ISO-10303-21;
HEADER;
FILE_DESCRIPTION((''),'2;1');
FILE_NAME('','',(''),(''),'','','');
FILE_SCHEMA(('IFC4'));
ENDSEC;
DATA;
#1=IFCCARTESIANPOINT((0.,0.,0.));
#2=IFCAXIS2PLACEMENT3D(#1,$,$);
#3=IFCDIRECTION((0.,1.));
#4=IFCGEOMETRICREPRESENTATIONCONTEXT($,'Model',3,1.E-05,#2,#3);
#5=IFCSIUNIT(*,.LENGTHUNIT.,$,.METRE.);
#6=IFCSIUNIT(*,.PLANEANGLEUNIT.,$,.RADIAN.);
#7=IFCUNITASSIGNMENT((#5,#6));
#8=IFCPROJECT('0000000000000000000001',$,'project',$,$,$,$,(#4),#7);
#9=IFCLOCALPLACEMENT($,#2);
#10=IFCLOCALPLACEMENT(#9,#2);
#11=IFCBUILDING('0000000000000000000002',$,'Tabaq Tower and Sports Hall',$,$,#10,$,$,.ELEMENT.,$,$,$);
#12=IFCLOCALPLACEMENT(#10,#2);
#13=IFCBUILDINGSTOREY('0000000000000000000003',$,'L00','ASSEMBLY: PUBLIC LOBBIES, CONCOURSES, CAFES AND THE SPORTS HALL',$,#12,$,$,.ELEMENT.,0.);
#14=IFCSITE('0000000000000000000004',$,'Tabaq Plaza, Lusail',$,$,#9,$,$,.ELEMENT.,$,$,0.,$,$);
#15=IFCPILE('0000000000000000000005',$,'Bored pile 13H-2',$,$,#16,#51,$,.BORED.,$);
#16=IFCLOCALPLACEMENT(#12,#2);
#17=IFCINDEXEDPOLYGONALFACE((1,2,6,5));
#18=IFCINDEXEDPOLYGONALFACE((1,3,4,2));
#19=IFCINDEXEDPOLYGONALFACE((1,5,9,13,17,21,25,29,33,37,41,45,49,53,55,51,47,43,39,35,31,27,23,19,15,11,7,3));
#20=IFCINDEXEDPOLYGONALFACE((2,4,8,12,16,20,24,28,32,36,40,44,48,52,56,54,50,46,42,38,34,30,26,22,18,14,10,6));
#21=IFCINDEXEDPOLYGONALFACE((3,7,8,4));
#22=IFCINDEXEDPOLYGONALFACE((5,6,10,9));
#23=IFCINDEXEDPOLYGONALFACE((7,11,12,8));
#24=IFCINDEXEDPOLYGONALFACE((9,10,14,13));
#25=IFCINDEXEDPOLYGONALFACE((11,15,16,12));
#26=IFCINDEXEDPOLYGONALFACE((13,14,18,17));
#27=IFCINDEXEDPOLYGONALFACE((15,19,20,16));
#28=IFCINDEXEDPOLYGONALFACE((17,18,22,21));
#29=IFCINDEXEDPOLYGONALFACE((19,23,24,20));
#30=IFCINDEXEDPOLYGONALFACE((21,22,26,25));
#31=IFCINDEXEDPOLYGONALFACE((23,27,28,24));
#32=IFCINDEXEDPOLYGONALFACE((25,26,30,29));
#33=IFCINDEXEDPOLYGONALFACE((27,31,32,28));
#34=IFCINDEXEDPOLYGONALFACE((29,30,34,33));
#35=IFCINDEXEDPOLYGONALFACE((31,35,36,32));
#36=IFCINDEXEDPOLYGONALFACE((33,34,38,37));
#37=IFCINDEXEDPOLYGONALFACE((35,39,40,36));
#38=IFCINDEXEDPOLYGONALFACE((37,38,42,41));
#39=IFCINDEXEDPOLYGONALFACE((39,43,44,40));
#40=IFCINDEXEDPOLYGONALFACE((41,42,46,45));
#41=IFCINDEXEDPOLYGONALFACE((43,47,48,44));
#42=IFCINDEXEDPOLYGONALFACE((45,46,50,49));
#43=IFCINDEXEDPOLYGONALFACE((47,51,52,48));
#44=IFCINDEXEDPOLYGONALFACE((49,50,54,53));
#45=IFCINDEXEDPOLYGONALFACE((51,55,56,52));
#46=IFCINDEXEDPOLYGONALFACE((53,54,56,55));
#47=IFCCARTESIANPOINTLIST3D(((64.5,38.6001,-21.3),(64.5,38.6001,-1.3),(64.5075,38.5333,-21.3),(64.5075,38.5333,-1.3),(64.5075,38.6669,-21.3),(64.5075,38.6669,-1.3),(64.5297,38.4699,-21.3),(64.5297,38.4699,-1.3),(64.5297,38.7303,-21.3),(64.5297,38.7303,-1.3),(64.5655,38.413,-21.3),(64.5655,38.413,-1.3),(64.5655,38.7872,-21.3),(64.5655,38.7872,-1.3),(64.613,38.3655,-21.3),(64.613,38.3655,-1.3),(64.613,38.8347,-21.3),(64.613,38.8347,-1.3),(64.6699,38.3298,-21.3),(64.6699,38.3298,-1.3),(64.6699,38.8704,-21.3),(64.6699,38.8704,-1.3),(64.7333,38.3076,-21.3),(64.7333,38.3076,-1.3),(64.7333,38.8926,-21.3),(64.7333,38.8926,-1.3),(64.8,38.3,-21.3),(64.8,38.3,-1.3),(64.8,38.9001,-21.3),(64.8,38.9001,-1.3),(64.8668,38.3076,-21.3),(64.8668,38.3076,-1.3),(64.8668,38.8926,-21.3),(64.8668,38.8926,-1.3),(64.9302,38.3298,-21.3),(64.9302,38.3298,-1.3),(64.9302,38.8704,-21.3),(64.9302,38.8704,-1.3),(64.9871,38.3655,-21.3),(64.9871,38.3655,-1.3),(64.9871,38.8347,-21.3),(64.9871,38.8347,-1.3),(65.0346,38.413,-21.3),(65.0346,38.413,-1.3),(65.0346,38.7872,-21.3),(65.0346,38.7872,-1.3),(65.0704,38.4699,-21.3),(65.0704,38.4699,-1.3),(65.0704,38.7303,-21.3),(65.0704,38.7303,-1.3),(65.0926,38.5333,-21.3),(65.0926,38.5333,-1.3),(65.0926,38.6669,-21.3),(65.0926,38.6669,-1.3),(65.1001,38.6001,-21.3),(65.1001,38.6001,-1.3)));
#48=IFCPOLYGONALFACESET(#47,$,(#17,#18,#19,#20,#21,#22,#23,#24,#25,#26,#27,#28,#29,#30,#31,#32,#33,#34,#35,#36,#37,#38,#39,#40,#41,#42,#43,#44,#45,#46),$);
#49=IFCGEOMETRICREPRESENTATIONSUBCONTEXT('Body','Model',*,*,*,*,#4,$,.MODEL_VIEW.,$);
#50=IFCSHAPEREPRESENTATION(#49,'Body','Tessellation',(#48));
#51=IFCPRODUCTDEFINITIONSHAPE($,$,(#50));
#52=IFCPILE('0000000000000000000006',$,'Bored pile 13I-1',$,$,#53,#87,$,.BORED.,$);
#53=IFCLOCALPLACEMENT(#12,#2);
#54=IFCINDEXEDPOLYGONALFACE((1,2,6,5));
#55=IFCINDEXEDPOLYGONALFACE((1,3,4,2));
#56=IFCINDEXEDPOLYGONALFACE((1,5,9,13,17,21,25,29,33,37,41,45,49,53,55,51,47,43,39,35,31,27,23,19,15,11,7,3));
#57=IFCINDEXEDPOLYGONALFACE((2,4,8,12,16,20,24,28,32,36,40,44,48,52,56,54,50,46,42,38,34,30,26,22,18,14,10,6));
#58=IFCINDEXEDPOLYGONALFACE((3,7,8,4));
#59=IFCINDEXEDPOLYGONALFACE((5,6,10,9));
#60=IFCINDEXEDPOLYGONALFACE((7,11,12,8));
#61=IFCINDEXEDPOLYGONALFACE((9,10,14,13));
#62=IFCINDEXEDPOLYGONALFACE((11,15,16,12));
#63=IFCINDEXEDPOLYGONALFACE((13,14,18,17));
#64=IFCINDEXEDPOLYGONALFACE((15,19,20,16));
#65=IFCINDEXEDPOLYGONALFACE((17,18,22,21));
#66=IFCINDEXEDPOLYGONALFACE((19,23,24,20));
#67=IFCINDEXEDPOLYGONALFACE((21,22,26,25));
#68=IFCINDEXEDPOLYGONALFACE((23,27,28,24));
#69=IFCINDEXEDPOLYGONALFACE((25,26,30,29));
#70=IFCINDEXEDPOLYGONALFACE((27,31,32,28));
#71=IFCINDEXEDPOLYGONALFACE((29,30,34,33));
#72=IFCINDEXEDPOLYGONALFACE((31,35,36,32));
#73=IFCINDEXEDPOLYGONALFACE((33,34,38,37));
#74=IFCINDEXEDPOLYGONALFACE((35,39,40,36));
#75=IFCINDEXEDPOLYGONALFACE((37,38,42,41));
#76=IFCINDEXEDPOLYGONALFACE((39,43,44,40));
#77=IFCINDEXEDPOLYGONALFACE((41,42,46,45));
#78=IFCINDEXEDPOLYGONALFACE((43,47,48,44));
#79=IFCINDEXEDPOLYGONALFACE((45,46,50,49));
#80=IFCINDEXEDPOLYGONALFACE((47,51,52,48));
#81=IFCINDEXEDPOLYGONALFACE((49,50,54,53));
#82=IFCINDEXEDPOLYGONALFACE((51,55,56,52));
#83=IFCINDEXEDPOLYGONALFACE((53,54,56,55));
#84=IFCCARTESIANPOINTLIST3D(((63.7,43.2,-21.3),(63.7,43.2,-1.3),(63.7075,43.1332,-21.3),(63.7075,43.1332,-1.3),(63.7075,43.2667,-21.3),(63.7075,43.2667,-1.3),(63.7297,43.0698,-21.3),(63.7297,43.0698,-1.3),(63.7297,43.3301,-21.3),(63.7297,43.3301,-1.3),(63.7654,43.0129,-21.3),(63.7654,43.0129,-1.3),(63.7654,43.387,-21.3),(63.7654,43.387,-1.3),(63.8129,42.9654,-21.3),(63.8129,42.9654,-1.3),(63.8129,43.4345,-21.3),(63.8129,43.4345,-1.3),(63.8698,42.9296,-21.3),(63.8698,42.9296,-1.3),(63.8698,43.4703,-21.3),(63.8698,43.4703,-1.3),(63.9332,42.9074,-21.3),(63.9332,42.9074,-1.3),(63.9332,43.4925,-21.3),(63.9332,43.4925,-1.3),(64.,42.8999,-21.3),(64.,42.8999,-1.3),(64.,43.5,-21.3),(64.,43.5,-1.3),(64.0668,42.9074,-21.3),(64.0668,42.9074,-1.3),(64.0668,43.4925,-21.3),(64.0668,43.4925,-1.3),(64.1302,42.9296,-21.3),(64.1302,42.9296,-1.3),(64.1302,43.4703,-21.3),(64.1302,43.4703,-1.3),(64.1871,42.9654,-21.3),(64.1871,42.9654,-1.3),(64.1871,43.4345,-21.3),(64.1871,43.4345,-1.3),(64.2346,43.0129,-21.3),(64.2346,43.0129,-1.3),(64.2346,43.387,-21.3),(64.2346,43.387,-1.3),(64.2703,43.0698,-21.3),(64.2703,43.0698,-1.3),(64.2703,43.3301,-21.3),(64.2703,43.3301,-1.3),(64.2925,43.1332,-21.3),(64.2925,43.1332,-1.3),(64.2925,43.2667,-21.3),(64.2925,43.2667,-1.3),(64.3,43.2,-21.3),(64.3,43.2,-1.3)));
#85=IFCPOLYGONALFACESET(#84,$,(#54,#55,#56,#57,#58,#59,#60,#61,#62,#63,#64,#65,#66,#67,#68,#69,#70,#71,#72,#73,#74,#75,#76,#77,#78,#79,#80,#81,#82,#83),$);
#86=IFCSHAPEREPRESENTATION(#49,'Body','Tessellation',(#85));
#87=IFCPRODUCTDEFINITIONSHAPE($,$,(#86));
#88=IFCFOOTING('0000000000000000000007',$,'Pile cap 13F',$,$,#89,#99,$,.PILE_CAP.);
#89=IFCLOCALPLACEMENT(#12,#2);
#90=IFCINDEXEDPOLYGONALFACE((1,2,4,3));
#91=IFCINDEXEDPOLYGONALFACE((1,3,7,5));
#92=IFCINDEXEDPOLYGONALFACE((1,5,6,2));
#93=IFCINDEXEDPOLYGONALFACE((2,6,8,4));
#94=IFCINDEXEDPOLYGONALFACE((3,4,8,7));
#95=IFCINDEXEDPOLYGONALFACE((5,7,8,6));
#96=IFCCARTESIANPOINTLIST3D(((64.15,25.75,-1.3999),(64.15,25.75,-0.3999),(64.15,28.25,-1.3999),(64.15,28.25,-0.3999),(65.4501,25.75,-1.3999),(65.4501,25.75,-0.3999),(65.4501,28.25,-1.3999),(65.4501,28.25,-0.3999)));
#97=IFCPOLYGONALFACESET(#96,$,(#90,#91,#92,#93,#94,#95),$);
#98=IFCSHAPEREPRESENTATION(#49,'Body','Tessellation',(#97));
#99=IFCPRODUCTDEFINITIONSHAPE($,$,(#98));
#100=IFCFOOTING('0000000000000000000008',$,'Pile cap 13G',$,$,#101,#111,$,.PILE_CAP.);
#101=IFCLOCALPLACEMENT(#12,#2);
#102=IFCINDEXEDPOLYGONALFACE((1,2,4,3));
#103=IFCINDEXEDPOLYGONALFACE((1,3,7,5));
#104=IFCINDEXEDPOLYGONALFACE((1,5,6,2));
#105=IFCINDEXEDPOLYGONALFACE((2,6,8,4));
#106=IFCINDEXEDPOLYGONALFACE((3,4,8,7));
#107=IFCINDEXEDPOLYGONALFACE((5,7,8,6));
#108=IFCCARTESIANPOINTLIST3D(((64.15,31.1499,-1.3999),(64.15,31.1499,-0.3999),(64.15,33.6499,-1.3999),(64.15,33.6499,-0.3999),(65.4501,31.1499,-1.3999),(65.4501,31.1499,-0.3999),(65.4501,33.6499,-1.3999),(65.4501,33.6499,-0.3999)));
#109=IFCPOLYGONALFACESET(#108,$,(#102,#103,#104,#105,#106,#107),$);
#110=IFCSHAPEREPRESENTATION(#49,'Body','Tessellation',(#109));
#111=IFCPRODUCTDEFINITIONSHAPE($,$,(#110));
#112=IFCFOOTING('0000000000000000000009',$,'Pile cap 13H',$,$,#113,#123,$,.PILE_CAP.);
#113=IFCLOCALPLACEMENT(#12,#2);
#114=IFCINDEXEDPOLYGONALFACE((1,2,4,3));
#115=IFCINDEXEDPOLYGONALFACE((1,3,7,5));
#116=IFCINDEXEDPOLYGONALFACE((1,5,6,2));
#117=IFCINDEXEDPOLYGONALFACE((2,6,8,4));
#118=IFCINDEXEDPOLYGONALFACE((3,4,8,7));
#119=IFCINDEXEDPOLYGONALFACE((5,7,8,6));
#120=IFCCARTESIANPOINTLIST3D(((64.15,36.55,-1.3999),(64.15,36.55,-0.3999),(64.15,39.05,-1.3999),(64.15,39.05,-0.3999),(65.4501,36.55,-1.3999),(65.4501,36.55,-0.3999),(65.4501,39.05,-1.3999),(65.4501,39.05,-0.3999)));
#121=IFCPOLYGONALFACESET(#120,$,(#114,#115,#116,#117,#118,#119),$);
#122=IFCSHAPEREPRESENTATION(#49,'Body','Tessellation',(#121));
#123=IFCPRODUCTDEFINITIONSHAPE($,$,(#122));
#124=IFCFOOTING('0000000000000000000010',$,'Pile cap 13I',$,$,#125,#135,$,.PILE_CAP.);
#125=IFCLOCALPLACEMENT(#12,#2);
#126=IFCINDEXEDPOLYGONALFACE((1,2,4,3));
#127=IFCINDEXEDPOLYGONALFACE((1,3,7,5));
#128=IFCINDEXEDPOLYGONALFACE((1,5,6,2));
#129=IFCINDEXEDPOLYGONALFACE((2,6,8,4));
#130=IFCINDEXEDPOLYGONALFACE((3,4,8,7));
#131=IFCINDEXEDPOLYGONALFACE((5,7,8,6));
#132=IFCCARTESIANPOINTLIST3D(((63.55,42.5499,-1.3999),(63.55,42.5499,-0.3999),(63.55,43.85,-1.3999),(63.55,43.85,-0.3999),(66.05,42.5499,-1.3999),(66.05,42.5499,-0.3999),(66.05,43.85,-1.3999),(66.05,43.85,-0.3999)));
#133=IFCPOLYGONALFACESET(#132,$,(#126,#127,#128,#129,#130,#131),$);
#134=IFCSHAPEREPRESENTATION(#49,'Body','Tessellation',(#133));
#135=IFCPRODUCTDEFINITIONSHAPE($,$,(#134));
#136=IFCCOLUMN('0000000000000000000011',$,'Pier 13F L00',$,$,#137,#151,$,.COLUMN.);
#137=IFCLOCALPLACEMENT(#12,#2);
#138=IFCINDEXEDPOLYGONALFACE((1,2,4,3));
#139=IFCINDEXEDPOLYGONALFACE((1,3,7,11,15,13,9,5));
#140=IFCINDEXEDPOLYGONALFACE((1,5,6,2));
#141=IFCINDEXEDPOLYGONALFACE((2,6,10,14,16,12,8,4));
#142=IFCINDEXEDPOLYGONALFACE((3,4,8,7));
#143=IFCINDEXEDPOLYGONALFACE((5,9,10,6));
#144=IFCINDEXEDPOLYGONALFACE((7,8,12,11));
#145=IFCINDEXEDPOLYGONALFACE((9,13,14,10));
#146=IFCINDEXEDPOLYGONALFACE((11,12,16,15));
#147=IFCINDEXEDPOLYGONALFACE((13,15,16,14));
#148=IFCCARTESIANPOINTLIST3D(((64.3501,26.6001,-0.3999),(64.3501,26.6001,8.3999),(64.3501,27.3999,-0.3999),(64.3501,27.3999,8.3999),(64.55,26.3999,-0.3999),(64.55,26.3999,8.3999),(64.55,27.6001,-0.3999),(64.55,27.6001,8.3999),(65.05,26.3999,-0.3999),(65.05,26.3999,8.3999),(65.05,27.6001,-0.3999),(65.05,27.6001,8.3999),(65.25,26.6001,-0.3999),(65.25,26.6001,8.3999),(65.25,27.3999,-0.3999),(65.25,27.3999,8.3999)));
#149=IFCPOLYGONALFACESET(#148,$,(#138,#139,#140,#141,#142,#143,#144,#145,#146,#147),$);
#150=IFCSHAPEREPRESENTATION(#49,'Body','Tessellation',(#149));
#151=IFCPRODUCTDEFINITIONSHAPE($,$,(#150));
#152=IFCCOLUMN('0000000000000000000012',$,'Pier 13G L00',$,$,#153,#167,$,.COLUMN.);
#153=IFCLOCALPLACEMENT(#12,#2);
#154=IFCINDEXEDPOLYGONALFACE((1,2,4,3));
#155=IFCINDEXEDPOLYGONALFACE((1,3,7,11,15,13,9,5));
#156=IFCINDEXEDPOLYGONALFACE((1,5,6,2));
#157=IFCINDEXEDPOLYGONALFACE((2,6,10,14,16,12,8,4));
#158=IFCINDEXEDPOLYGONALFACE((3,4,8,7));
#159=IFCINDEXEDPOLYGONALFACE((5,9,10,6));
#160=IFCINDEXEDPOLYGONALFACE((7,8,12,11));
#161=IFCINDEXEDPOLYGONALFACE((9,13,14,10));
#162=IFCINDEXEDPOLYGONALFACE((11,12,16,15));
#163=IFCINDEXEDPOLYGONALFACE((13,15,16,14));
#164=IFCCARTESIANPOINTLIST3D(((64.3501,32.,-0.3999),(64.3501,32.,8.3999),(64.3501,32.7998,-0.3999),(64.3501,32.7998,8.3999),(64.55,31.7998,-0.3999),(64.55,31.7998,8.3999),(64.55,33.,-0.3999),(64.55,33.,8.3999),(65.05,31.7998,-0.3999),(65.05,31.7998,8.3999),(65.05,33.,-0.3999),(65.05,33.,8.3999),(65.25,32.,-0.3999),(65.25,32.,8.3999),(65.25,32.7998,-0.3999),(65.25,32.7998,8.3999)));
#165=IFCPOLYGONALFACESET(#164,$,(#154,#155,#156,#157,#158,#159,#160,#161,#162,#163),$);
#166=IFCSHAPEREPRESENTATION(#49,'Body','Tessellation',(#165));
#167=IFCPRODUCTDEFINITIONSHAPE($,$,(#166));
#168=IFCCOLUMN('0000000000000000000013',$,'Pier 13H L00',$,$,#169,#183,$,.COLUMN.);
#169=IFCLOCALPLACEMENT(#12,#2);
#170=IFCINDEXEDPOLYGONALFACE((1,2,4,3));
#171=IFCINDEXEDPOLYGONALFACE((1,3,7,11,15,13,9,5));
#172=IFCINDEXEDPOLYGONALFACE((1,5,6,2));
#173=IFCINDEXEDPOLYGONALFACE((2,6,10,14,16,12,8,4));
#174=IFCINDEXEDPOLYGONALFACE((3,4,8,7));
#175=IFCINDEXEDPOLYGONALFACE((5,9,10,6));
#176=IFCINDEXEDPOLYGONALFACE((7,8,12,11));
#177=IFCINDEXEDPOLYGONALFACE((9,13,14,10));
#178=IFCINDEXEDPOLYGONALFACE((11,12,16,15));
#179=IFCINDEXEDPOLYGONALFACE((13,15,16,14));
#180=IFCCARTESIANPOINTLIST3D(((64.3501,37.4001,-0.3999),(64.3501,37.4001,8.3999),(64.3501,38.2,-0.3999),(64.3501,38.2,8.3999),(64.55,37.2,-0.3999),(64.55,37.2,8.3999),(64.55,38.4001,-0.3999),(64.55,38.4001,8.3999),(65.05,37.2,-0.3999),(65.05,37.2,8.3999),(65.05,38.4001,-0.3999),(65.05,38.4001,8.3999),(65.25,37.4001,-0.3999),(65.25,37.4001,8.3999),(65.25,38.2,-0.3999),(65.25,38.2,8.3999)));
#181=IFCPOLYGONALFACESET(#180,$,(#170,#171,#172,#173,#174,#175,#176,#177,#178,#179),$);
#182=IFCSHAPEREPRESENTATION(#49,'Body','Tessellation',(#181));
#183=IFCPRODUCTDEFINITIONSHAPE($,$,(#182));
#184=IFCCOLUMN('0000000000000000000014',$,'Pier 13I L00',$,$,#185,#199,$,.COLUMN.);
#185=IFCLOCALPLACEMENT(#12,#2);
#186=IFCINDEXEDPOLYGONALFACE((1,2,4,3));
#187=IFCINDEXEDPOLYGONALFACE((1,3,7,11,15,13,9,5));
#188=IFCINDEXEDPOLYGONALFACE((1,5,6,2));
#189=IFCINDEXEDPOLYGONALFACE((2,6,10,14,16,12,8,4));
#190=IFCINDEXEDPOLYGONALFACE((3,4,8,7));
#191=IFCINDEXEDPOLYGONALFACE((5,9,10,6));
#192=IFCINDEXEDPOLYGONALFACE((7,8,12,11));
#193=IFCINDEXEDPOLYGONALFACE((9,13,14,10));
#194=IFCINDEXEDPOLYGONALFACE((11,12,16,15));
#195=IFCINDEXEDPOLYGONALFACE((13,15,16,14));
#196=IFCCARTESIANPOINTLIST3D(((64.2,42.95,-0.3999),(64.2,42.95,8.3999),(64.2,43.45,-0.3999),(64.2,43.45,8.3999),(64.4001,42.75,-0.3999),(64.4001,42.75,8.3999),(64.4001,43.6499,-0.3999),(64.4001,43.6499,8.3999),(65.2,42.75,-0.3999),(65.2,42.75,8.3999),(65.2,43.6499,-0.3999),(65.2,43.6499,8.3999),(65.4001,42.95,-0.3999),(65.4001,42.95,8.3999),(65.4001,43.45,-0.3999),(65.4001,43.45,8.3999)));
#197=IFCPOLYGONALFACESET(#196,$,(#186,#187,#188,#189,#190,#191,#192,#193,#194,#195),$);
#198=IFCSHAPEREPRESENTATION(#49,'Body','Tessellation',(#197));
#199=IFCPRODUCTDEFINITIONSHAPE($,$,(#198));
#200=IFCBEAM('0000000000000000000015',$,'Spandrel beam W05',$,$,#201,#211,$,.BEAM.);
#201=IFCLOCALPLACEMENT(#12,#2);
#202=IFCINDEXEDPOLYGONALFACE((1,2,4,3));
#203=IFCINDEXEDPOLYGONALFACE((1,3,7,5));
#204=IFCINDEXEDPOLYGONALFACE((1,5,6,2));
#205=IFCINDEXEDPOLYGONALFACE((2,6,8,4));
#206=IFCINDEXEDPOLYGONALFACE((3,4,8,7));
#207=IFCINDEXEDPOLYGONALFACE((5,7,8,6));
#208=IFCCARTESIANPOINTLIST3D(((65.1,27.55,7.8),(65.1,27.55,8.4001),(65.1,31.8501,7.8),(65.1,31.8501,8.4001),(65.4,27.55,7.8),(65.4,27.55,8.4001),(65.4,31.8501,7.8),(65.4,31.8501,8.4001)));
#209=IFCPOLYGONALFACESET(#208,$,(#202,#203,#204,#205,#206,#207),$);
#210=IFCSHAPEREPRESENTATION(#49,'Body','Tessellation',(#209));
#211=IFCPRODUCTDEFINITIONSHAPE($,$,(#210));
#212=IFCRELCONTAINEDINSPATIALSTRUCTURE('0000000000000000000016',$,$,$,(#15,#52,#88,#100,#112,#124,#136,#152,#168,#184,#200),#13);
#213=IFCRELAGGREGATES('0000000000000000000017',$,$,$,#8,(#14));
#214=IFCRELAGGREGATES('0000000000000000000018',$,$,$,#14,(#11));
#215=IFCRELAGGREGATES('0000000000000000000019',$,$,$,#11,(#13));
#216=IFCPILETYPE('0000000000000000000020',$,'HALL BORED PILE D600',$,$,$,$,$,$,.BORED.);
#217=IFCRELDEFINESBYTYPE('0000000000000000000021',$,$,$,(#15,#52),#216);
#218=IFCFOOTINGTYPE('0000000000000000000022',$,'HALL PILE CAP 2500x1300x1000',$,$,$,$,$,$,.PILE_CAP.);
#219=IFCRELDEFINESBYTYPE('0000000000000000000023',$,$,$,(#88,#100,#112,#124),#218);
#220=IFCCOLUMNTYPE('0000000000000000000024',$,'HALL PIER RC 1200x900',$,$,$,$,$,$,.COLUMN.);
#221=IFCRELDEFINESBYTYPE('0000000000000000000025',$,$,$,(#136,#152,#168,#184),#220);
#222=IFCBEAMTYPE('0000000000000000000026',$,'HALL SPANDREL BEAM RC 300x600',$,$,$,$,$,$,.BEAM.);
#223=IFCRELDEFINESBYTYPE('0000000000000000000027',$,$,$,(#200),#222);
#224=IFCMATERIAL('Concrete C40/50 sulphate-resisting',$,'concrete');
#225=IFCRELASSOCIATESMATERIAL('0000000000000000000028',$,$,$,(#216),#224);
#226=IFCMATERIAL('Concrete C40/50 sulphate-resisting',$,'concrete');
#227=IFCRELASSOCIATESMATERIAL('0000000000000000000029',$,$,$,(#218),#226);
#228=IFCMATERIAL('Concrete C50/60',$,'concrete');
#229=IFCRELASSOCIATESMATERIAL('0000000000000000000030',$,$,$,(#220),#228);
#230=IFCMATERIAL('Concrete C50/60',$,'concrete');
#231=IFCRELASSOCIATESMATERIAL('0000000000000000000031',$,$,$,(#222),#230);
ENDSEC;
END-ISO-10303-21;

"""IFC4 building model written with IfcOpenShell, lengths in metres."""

from ifc_helpers import new_model, si_unit, direction, frame, origin, origin_2d, place, context, subcontext, project, spatial, polyline, rectangle, circle, outline, extrude, material, material_profile, profile_set, type_object, element, save


model = new_model("IFC4")

# Units and contexts
model_context = context("Model", 3, precision=1e-05, world=origin(), true_north=direction((0.0, 1.0)))
body_context = subcontext(model_context, "Body", "Model", "MODEL_VIEW")
ifc_project = project(units=[si_unit("LENGTHUNIT", "METRE"), si_unit("PLANEANGLEUNIT", "RADIAN")], contexts=[model_context])

# Site, building, storey
site_placement = place(None, origin())
site = spatial("IfcSite", under=ifc_project, at=site_placement, Name="Tabaq Plaza, Lusail", CompositionType="ELEMENT", RefElevation=0.0)
building_placement = place(site_placement, origin())
building = spatial("IfcBuilding", under=site, at=building_placement, Name="Tabaq Tower and Sports Hall", CompositionType="ELEMENT")
storey_placement = place(building_placement, origin())
storey = spatial("IfcBuildingStorey", under=building, at=storey_placement, Name="L00", Description="ASSEMBLY: PUBLIC LOBBIES, CONCOURSES, CAFES AND THE SPORTS HALL", CompositionType="ELEMENT", Elevation=0.0)

# Piles
ifc_material_1 = material(Name="Concrete C40/50 sulphate-resisting", Category="concrete")
ifc_material_profile_1 = material_profile(ifc_material_1, circle(Radius=0.3, at=origin_2d()), Name="D600")
ifc_profile_set_1 = profile_set([ifc_material_profile_1], Name="Concrete C40/50 sulphate-resisting")
pile_type = type_object("IfcPileType", Name="HALL BORED PILE D600", PredefinedType="BORED", material=ifc_profile_set_1)
for number, where, z_axis, x_axis, name in (
    (1, (64.8, 38.6001, -1.3), (0.0, 0.0, -1.0), (1.0, 0.0, 0.0), "Bored pile 13H-2"),
    (2, (64.0, 43.2, -1.3), (0.0, 0.0, -1.0), (1.0, 0.0, 0.0), "Bored pile 13I-1"),
):
    element("IfcPile", number, at=place(storey_placement, frame(where, z_axis=z_axis, x_axis=x_axis)), inside=storey, type_object=pile_type, Name=name, PredefinedType="BORED", context=body_context, shape_type="SweptSolid", body=[
        extrude(circle(Radius=0.3, at=origin_2d()), origin(), (0.0, 0.0, 1.0), 20.0),
    ])

# Footings
ifc_material_2 = material(Name="Concrete C40/50 sulphate-resisting", Category="concrete")
footing_type = type_object("IfcFootingType", Name="HALL PILE CAP 2500x1300x1000", PredefinedType="PILE_CAP", material=ifc_material_2)
for number, where, z_axis, x_axis, name in (
    (3, (64.8, 27.0, -1.3999), (0.0, 0.0, 1.0), (0.0, 1.0, 0.0), "Pile cap 13F"),
    (4, (64.8, 32.3999, -1.3999), (0.0, 0.0, 1.0), (0.0, 1.0, 0.0), "Pile cap 13G"),
    (5, (64.8, 37.8, -1.3999), (0.0, 0.0, 1.0), (0.0, 1.0, 0.0), "Pile cap 13H"),
    (6, (64.8, 43.2, -1.3999), (0.0, 0.0, 1.0), (1.0, 0.0, 0.0), "Pile cap 13I"),
):
    element("IfcFooting", number, at=place(storey_placement, frame(where, z_axis=z_axis, x_axis=x_axis)), inside=storey, type_object=footing_type, Name=name, PredefinedType="PILE_CAP", context=body_context, shape_type="SweptSolid", body=[
        extrude(rectangle(XDim=2.5, YDim=1.3, at=origin_2d()), origin(), (0.0, 0.0, 1.0), 1.0),
    ])

# Columns
ifc_material_3 = material(Name="Concrete C50/60", Category="concrete")
ifc_material_profile_2 = material_profile(ifc_material_3, outline(polyline([(-0.3999, -0.45), (0.3999, -0.45), (0.6001, -0.25), (0.6001, 0.25), (0.3999, 0.45), (-0.3999, 0.45), (-0.6001, 0.25), (-0.6001, -0.25), (-0.3999, -0.45)])), Name="PIER 1200x900")
ifc_profile_set_2 = profile_set([ifc_material_profile_2], Name="Concrete C50/60")
column_type = type_object("IfcColumnType", Name="HALL PIER RC 1200x900", PredefinedType="COLUMN", material=ifc_profile_set_2)
for number, where, z_axis, x_axis, name in (
    (7, (64.8, 27.0, -0.3999), (0.0, 0.0, 1.0), (0.0, 1.0, 0.0), "Pier 13F L00"),
    (8, (64.8, 32.3999, -0.3999), (0.0, 0.0, 1.0), (0.0, 1.0, 0.0), "Pier 13G L00"),
    (9, (64.8, 37.8, -0.3999), (0.0, 0.0, 1.0), (0.0, 1.0, 0.0), "Pier 13H L00"),
    (10, (64.8, 43.2, -0.3999), (0.0, 0.0, 1.0), (1.0, 0.0, 0.0), "Pier 13I L00"),
):
    element("IfcColumn", number, at=place(storey_placement, frame(where, z_axis=z_axis, x_axis=x_axis)), inside=storey, type_object=column_type, Name=name, PredefinedType="COLUMN", context=body_context, shape_type="SweptSolid", body=[
        extrude(outline(polyline([(-0.3999, -0.45), (0.3999, -0.45), (0.6001, -0.25), (0.6001, 0.25), (0.3999, 0.45), (-0.3999, 0.45), (-0.6001, 0.25), (-0.6001, -0.25), (-0.3999, -0.45)])), origin(), (0.0, 0.0, 1.0), 8.7998),
    ])

# Beam
ifc_material_4 = material(Name="Concrete C50/60", Category="concrete")
ifc_material_profile_3 = material_profile(ifc_material_4, rectangle(XDim=0.3, YDim=0.6001, at=origin_2d()), Name="RC 300x600")
ifc_profile_set_3 = profile_set([ifc_material_profile_3], Name="Concrete C50/60")
beam_type = type_object("IfcBeamType", Name="HALL SPANDREL BEAM RC 300x600", PredefinedType="BEAM", material=ifc_profile_set_3)
for number, where, z_axis, x_axis, name in (
    (11, (65.25, 27.55, 8.1001), (0.0, 1.0, 0.0), (-1.0, 0.0, 0.0), "Spandrel beam W05"),
):
    element("IfcBeam", number, at=place(storey_placement, frame(where, z_axis=z_axis, x_axis=x_axis)), inside=storey, type_object=beam_type, Name=name, PredefinedType="BEAM", context=body_context, shape_type="SweptSolid", body=[
        extrude(rectangle(XDim=0.3, YDim=0.6001, at=origin_2d()), origin(), (0.0, 0.0, 1.0), 4.3),
    ])

save(model, "model.ifc")
